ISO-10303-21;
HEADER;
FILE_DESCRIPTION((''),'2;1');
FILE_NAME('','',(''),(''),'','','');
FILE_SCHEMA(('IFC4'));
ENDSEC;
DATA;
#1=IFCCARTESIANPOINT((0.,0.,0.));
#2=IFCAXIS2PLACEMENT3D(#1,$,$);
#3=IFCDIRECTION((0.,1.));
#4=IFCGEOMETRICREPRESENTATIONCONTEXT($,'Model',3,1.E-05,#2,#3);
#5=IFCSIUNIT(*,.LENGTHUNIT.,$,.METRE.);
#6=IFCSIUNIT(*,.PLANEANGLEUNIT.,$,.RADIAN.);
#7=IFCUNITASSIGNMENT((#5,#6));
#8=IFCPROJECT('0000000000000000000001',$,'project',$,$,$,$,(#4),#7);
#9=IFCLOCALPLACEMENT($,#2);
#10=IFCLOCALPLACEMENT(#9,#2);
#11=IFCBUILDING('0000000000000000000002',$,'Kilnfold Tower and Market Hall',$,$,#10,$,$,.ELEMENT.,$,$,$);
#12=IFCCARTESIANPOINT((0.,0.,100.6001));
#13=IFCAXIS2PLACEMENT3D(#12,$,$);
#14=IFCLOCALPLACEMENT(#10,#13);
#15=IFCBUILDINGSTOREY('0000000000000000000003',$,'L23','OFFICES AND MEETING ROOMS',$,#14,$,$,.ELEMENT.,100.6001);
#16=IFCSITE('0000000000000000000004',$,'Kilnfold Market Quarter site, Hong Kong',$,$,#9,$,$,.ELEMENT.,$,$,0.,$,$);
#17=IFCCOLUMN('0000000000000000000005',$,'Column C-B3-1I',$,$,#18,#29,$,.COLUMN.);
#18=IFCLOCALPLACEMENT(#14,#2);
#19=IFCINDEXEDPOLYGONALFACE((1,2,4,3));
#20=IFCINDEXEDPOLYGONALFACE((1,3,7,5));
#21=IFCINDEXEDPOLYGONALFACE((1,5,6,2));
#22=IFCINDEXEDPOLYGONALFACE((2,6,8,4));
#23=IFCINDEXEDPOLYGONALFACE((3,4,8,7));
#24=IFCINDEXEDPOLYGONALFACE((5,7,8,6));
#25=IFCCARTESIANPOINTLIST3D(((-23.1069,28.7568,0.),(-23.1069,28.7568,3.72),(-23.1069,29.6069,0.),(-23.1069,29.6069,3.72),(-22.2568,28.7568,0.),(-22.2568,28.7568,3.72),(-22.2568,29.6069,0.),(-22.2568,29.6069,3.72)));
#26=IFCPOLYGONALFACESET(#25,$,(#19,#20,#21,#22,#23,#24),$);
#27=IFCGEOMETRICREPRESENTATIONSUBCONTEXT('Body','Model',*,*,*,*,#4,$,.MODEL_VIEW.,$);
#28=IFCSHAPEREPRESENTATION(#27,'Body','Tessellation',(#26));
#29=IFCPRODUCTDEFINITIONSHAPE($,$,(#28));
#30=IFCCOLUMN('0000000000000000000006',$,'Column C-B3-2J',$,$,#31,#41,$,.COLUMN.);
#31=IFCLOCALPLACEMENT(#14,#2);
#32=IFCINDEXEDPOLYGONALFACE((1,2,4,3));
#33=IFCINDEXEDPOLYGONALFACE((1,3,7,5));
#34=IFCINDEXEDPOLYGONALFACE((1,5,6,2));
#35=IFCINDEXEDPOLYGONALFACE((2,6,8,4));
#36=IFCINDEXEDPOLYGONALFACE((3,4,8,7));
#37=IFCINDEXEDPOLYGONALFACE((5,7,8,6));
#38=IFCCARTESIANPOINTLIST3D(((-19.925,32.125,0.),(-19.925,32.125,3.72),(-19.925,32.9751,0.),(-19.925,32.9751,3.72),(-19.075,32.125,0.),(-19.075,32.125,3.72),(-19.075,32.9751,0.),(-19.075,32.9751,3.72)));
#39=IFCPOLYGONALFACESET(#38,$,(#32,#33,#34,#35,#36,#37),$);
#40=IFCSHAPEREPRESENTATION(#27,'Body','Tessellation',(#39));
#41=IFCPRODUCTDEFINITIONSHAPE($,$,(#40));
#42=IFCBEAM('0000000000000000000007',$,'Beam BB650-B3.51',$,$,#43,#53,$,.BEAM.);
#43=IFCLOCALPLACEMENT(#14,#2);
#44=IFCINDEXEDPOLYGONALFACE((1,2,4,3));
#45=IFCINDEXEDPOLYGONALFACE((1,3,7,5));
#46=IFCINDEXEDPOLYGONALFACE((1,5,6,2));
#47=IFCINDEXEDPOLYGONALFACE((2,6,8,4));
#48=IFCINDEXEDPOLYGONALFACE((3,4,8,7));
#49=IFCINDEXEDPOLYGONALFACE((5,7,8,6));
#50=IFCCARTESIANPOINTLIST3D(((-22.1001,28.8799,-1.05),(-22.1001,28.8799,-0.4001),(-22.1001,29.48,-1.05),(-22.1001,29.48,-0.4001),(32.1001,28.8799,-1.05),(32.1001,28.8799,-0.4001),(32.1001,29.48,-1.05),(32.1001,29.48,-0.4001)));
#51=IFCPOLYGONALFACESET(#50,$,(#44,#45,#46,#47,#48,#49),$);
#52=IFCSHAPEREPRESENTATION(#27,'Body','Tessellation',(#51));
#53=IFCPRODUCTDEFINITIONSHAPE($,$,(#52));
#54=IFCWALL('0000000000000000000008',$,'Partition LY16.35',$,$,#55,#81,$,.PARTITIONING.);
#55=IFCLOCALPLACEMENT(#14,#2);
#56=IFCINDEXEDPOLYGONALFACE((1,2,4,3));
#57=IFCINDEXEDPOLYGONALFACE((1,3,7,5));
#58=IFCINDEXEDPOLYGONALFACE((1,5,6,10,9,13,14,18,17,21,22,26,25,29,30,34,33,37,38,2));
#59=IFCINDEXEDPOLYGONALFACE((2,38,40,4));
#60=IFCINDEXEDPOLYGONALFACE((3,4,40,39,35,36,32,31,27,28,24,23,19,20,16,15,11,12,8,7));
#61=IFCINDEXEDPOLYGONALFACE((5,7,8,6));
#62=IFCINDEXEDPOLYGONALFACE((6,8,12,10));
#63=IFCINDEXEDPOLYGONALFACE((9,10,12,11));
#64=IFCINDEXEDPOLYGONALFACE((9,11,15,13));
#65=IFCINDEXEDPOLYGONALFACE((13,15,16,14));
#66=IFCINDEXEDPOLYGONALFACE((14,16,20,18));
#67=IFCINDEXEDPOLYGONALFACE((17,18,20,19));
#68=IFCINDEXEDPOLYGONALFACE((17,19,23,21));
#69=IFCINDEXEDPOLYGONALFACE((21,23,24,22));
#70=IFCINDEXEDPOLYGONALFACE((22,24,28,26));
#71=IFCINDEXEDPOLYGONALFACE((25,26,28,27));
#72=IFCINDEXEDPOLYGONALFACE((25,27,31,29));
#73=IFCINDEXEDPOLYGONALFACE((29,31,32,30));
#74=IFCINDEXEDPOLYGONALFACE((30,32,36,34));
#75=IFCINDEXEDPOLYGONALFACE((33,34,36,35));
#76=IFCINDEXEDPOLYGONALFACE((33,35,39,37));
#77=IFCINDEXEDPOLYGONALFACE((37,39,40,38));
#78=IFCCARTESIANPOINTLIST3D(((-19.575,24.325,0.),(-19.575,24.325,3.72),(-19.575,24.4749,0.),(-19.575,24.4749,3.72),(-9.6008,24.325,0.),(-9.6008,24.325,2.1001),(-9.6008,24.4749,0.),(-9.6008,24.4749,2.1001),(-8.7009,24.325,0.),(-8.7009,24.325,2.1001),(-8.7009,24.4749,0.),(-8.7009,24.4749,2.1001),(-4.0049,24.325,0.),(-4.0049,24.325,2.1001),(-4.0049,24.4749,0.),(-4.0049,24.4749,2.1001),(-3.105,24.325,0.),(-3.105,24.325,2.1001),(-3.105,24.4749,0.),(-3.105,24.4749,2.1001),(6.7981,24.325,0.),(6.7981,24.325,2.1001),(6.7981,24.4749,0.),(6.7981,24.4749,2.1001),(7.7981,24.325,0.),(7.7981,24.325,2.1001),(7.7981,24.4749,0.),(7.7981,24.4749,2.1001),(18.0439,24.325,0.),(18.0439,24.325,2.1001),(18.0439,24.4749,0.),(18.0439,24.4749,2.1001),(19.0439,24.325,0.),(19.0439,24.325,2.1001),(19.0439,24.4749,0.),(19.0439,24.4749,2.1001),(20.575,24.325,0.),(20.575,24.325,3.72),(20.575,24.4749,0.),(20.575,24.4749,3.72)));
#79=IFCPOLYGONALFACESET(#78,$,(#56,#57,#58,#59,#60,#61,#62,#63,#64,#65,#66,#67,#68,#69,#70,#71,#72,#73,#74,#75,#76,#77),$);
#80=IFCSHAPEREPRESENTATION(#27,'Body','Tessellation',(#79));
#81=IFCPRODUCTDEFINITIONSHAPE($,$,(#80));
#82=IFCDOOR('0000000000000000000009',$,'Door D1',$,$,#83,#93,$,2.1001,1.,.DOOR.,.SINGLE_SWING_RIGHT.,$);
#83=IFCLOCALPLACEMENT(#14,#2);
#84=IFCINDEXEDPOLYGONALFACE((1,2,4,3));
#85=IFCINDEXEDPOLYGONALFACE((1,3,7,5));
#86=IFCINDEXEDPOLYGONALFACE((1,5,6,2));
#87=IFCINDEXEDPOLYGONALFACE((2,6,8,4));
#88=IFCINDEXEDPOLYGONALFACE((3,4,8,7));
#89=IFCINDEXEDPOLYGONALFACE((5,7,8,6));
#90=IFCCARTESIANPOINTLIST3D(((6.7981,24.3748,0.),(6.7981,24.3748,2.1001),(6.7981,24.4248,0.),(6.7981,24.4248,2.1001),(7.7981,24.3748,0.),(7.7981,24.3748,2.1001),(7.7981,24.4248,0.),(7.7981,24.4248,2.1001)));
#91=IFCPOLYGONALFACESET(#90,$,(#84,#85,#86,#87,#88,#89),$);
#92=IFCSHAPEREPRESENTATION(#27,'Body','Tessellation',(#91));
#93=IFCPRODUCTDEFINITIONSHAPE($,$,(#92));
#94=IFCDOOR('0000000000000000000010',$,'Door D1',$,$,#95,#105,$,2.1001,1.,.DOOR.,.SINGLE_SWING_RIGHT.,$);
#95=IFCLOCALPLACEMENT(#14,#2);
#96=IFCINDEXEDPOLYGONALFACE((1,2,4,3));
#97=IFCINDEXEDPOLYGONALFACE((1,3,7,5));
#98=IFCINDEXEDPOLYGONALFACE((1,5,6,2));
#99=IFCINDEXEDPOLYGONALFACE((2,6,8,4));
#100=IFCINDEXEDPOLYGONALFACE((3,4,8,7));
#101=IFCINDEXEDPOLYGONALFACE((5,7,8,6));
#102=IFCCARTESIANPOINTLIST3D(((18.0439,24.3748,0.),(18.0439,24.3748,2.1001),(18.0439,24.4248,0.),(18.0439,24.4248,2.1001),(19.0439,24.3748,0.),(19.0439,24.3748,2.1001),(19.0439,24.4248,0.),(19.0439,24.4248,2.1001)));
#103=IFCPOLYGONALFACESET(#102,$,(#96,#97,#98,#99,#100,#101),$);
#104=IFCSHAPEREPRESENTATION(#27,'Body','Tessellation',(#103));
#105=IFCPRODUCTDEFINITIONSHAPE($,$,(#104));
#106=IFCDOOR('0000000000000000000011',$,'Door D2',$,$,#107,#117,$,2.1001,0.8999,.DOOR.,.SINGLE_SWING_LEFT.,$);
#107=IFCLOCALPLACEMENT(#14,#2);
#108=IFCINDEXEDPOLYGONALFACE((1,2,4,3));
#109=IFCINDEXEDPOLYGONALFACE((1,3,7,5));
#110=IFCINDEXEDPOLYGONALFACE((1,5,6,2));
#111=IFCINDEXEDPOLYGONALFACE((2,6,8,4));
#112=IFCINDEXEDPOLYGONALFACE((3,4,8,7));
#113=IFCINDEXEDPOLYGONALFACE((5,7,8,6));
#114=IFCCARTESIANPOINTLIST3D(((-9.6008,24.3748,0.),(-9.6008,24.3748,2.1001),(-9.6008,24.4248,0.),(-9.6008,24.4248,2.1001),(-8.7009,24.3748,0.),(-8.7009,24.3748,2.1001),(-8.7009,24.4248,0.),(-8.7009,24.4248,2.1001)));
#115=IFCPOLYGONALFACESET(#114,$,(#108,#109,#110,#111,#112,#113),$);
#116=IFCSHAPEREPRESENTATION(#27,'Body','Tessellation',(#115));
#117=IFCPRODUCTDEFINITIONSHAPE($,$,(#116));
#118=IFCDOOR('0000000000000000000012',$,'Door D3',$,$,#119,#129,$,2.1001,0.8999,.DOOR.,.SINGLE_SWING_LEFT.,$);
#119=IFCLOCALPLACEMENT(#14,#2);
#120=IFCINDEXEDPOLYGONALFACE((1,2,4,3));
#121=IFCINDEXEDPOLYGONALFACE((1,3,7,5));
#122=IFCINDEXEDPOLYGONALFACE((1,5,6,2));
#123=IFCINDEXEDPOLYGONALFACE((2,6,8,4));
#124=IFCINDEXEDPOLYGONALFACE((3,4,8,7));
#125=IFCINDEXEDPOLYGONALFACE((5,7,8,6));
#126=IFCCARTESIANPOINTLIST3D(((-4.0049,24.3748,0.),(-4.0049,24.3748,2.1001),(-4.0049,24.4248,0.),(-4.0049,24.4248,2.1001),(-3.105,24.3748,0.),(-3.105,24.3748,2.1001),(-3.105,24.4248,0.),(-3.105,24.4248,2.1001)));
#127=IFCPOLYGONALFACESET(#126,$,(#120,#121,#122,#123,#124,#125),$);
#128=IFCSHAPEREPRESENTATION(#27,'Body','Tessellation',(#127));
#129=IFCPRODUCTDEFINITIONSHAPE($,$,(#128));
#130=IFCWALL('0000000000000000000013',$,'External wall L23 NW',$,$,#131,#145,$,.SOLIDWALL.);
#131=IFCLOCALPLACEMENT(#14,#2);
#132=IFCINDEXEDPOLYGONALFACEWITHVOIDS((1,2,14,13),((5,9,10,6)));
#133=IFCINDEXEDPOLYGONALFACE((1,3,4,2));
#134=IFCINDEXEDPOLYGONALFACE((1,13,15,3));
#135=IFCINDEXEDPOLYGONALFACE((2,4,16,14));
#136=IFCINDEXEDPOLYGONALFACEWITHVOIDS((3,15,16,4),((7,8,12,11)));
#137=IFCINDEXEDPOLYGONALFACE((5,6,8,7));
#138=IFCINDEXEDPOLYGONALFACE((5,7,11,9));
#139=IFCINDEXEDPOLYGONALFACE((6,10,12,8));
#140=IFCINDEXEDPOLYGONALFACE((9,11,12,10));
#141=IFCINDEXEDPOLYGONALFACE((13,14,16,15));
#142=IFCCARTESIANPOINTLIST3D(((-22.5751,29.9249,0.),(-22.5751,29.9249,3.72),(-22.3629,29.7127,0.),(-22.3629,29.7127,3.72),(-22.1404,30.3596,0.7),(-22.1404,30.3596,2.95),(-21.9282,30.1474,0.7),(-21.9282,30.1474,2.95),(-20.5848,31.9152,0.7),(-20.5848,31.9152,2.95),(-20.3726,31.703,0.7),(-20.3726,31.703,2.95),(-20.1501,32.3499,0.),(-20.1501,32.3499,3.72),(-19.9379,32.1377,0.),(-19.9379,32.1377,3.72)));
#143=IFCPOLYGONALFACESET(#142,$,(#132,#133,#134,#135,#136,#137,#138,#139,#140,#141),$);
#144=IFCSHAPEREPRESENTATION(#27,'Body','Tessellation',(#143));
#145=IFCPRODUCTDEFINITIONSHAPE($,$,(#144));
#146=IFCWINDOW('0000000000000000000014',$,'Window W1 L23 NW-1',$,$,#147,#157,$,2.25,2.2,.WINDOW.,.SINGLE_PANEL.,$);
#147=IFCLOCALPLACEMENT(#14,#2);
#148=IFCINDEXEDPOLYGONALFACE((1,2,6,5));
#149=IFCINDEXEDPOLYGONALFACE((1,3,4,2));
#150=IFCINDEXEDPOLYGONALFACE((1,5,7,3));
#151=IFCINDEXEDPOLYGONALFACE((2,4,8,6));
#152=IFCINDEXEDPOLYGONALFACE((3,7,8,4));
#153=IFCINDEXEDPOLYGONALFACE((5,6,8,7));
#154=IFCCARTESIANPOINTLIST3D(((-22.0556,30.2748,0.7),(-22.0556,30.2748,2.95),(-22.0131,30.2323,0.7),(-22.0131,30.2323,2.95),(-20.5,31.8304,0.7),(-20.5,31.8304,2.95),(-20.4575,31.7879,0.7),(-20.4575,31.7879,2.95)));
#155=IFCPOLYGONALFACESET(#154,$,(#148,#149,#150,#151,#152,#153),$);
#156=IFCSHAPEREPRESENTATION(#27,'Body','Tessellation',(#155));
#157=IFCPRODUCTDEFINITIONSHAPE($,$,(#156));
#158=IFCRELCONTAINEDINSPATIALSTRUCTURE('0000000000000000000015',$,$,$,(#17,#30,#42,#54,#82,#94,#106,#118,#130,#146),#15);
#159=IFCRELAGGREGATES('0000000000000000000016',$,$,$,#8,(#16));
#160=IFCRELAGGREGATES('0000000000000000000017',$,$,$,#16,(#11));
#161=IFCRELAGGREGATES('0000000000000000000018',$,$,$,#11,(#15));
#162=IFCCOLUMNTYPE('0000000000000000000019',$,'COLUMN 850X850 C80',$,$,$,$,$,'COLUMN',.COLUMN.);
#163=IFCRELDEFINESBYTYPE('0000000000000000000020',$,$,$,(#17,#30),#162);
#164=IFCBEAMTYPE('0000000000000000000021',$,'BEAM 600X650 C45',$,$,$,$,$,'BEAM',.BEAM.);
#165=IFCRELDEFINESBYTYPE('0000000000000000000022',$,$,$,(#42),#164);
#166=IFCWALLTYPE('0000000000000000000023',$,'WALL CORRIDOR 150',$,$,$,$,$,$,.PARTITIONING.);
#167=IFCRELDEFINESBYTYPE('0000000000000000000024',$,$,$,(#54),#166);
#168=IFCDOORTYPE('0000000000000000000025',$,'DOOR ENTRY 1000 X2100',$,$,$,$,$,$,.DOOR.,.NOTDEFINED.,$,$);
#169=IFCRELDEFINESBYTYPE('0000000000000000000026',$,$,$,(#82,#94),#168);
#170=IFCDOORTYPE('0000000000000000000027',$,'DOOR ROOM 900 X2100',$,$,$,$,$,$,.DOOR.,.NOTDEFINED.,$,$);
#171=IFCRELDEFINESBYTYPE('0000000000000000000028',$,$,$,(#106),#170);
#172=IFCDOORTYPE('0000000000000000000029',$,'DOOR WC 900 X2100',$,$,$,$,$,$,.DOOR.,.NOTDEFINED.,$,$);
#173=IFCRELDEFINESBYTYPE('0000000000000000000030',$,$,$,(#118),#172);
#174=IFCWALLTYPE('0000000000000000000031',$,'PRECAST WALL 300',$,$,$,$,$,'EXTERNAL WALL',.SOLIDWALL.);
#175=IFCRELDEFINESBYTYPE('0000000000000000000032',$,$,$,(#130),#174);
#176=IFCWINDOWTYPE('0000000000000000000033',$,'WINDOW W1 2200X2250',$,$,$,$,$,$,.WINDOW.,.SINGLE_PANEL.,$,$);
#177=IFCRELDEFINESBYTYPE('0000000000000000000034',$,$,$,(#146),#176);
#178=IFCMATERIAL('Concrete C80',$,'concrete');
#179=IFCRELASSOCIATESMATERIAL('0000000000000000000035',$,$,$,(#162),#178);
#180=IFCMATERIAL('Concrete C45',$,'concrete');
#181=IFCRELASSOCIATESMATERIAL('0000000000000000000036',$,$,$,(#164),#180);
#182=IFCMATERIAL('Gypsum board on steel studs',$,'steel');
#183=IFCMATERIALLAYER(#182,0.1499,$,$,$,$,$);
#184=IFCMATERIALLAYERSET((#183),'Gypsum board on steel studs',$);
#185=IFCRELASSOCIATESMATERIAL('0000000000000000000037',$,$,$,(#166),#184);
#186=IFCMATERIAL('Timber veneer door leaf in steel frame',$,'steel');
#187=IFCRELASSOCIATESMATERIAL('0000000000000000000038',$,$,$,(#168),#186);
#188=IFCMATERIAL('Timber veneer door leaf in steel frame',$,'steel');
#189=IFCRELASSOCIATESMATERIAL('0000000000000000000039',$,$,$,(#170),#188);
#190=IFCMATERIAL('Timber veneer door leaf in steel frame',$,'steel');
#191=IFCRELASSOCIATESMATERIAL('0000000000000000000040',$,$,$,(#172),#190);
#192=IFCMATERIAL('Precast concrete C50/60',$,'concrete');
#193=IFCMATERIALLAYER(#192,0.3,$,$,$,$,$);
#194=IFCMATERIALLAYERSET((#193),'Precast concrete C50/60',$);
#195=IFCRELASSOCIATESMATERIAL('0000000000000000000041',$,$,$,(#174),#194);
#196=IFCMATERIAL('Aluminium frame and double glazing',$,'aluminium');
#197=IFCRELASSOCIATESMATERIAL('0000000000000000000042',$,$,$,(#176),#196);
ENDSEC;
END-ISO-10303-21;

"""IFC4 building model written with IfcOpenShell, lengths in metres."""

from ifc_helpers import new_model, si_unit, direction, frame, frame_2d, origin, origin_2d, place, context, subcontext, project, spatial, rectangle, extrude, source, transform, mapped, material, layer, layer_set, material_profile, profile_set, type_object, element, fill, save


model = new_model("IFC4")

# Units and contexts
model_context = context("Model", 3, precision=1e-05, world=origin(), true_north=direction((0.0, 1.0)))
body_context = subcontext(model_context, "Body", "Model", "MODEL_VIEW")
ifc_project = project(units=[si_unit("LENGTHUNIT", "METRE"), si_unit("PLANEANGLEUNIT", "RADIAN")], contexts=[model_context])

# Site, building, storey
site_placement = place(None, origin())
site = spatial("IfcSite", under=ifc_project, at=site_placement, Name="Kilnfold Market Quarter site, Hong Kong", CompositionType="ELEMENT", RefElevation=0.0)
building_placement = place(site_placement, origin())
building = spatial("IfcBuilding", under=site, at=building_placement, Name="Kilnfold Tower and Market Hall", CompositionType="ELEMENT")
storey_placement = place(building_placement, frame((0.0, 0.0, 100.6001)))
storey = spatial("IfcBuildingStorey", under=building, at=storey_placement, Name="L23", Description="OFFICES AND MEETING ROOMS", CompositionType="ELEMENT", Elevation=100.6001)

# Columns
ifc_material_1 = material(Name="Concrete C80", Category="concrete")
ifc_material_profile_1 = material_profile(ifc_material_1, rectangle(XDim=0.8501, YDim=0.8501, at=origin_2d()), Name="RC 850x850")
ifc_profile_set_1 = profile_set([ifc_material_profile_1], Name="Concrete C80")
column_type = type_object("IfcColumnType", Name="COLUMN 850X850 C80", ElementType="COLUMN", PredefinedType="COLUMN", material=ifc_profile_set_1)
shared_shape_1 = source(origin(), body_context, "Body", "SweptSolid", [
    extrude(rectangle(XDim=0.8501, YDim=0.8501, at=origin_2d()), origin(), (0.0, 0.0, 1.0), 3.72),
])
for number, where, z_axis, x_axis, name in (
    (1, (-22.6819, 29.1819, 0.0), (0.0, 0.0, 1.0), (1.0, 0.0, 0.0), "Column C-B3-1I"),
    (2, (-19.5, 32.55, 0.0), (0.0, 0.0, 1.0), (1.0, 0.0, 0.0), "Column C-B3-2J"),
):
    element("IfcColumn", number, at=place(storey_placement, frame(where, z_axis=z_axis, x_axis=x_axis)), inside=storey, type_object=column_type, Name=name, PredefinedType="COLUMN", context=body_context, shape_type="MappedRepresentation", body=[
        mapped(shared_shape_1, transform((0.0, 0.0, 0.0))),
    ])

# Beam
ifc_material_2 = material(Name="Concrete C45", Category="concrete")
ifc_material_profile_2 = material_profile(ifc_material_2, rectangle(XDim=0.6001, YDim=0.6499, at=origin_2d()), Name="RC 600x650")
ifc_profile_set_2 = profile_set([ifc_material_profile_2], Name="Concrete C45")
beam_type = type_object("IfcBeamType", Name="BEAM 600X650 C45", ElementType="BEAM", PredefinedType="BEAM", material=ifc_profile_set_2)
shared_shape_2 = source(origin(), body_context, "Body", "SweptSolid", [
    extrude(rectangle(XDim=0.6001, YDim=0.6499, at=origin_2d()), origin(), (0.0, 0.0, 1.0), 54.2002),
])
beam_placement = place(storey_placement, frame((-22.1001, 29.1799, -0.7251), z_axis=(1.0, 0.0, 0.0), x_axis=(0.0, 1.0, 0.0)))
element("IfcBeam", 3, at=beam_placement, inside=storey, type_object=beam_type, Name="Beam BB650-B3.51", PredefinedType="BEAM", context=body_context, shape_type="MappedRepresentation", body=[
    mapped(shared_shape_2, transform((0.0, 0.0, 0.0))),
])

# Wall, openings, doors
ifc_material_3 = material(Name="Gypsum board on steel studs", Category="steel")
ifc_layer_1 = layer(ifc_material_3, 0.1499)
ifc_layer_set_1 = layer_set([ifc_layer_1], Name="Gypsum board on steel studs")
wall_type_1 = type_object("IfcWallType", Name="WALL CORRIDOR 150", PredefinedType="PARTITIONING", material=ifc_layer_set_1)
wall_1_placement = place(storey_placement, frame((-19.575, 24.3999, 0.0), z_axis=(0.0, 0.0, 1.0), x_axis=(1.0, 0.0, 0.0)))
wall_1 = element("IfcWall", 4, at=wall_1_placement, inside=storey, type_object=wall_type_1, Name="Partition LY16.35", PredefinedType="PARTITIONING", context=body_context, shape_type="SweptSolid", body=[
    extrude(rectangle(XDim=40.1499, YDim=0.1499, at=frame_2d((20.075, 0.0))), origin(), (0.0, 0.0, 1.0), 3.72),
])
opening_1_placement = place(wall_1_placement, frame((9.9741, 0.0, 0.0)))
opening_1 = element("IfcOpeningElement", 5, at=opening_1_placement, cuts=wall_1, PredefinedType="OPENING", context=body_context, shape_type="SweptSolid", body=[
    extrude(rectangle(XDim=0.8999, YDim=2.1001, at=frame_2d((0.45, 1.05))), frame((0.0, 0.085, 0.0), z_axis=(0.0, -1.0, 0.0), x_axis=(1.0, 0.0, 0.0)), (0.0, 0.0, 1.0), 0.1699),
])
opening_2_placement = place(wall_1_placement, frame((15.5701, 0.0, 0.0)))
opening_2 = element("IfcOpeningElement", 6, at=opening_2_placement, cuts=wall_1, PredefinedType="OPENING", context=body_context, shape_type="SweptSolid", body=[
    extrude(rectangle(XDim=0.8999, YDim=2.1001, at=frame_2d((0.45, 1.05))), frame((0.0, 0.085, 0.0), z_axis=(0.0, -1.0, 0.0), x_axis=(1.0, 0.0, 0.0)), (0.0, 0.0, 1.0), 0.1699),
])
opening_3_placement = place(wall_1_placement, frame((26.373, 0.0, 0.0)))
opening_3 = element("IfcOpeningElement", 7, at=opening_3_placement, cuts=wall_1, PredefinedType="OPENING", context=body_context, shape_type="SweptSolid", body=[
    extrude(rectangle(XDim=1.0, YDim=2.1001, at=frame_2d((0.5, 1.05))), frame((0.0, 0.085, 0.0), z_axis=(0.0, -1.0, 0.0), x_axis=(1.0, 0.0, 0.0)), (0.0, 0.0, 1.0), 0.1699),
])
opening_4_placement = place(wall_1_placement, frame((37.6189, 0.0, 0.0)))
opening_4 = element("IfcOpeningElement", 8, at=opening_4_placement, cuts=wall_1, PredefinedType="OPENING", context=body_context, shape_type="SweptSolid", body=[
    extrude(rectangle(XDim=1.0, YDim=2.1001, at=frame_2d((0.5, 1.05))), frame((0.0, 0.085, 0.0), z_axis=(0.0, -1.0, 0.0), x_axis=(1.0, 0.0, 0.0)), (0.0, 0.0, 1.0), 0.1699),
])
ifc_material_4 = material(Name="Timber veneer door leaf in steel frame", Category="steel")
door_type_1 = type_object("IfcDoorType", Name="DOOR ENTRY 1000 X2100", OperationType="NOTDEFINED", PredefinedType="DOOR", material=ifc_material_4)
door_1_placement = place(opening_3_placement, origin())
door_1 = element("IfcDoor", 9, at=door_1_placement, inside=storey, type_object=door_type_1, Name="Door D1", OperationType="SINGLE_SWING_RIGHT", OverallHeight=2.1001, OverallWidth=1.0, PredefinedType="DOOR", context=body_context, shape_type="SweptSolid", body=[
    extrude(rectangle(XDim=1.0, YDim=2.1001, at=frame_2d((0.5, 1.05))), frame((0.0, 0.0249, 0.0), z_axis=(0.0, -1.0, 0.0), x_axis=(1.0, 0.0, 0.0)), (0.0, 0.0, 1.0), 0.05),
])
fill(opening_3, door_1)
door_2_placement = place(opening_4_placement, origin())
door_2 = element("IfcDoor", 10, at=door_2_placement, inside=storey, type_object=door_type_1, Name="Door D1", OperationType="SINGLE_SWING_RIGHT", OverallHeight=2.1001, OverallWidth=1.0, PredefinedType="DOOR", context=body_context, shape_type="SweptSolid", body=[
    extrude(rectangle(XDim=1.0, YDim=2.1001, at=frame_2d((0.5, 1.05))), frame((0.0, 0.0249, 0.0), z_axis=(0.0, -1.0, 0.0), x_axis=(1.0, 0.0, 0.0)), (0.0, 0.0, 1.0), 0.05),
])
fill(opening_4, door_2)
ifc_material_5 = material(Name="Timber veneer door leaf in steel frame", Category="steel")
door_type_2 = type_object("IfcDoorType", Name="DOOR ROOM 900 X2100", OperationType="NOTDEFINED", PredefinedType="DOOR", material=ifc_material_5)
door_3_placement = place(opening_1_placement, origin())
door_3 = element("IfcDoor", 11, at=door_3_placement, inside=storey, type_object=door_type_2, Name="Door D2", OperationType="SINGLE_SWING_LEFT", OverallHeight=2.1001, OverallWidth=0.8999, PredefinedType="DOOR", context=body_context, shape_type="SweptSolid", body=[
    extrude(rectangle(XDim=0.8999, YDim=2.1001, at=frame_2d((0.45, 1.05))), frame((0.0, 0.0249, 0.0), z_axis=(0.0, -1.0, 0.0), x_axis=(1.0, 0.0, 0.0)), (0.0, 0.0, 1.0), 0.05),
])
fill(opening_1, door_3)
ifc_material_6 = material(Name="Timber veneer door leaf in steel frame", Category="steel")
door_type_3 = type_object("IfcDoorType", Name="DOOR WC 900 X2100", OperationType="NOTDEFINED", PredefinedType="DOOR", material=ifc_material_6)
door_4_placement = place(opening_2_placement, origin())
door_4 = element("IfcDoor", 12, at=door_4_placement, inside=storey, type_object=door_type_3, Name="Door D3", OperationType="SINGLE_SWING_LEFT", OverallHeight=2.1001, OverallWidth=0.8999, PredefinedType="DOOR", context=body_context, shape_type="SweptSolid", body=[
    extrude(rectangle(XDim=0.8999, YDim=2.1001, at=frame_2d((0.45, 1.05))), frame((0.0, 0.0249, 0.0), z_axis=(0.0, -1.0, 0.0), x_axis=(1.0, 0.0, 0.0)), (0.0, 0.0, 1.0), 0.05),
])
fill(opening_2, door_4)

# Wall, opening, window
ifc_material_7 = material(Name="Precast concrete C50/60", Category="concrete")
ifc_layer_2 = layer(ifc_material_7, 0.3)
ifc_layer_set_2 = layer_set([ifc_layer_2], Name="Precast concrete C50/60")
wall_type_2 = type_object("IfcWallType", Name="PRECAST WALL 300", ElementType="EXTERNAL WALL", PredefinedType="SOLIDWALL", material=ifc_layer_set_2)
shared_shape_3 = source(origin(), body_context, "Body", "SweptSolid", [
    extrude(rectangle(XDim=3.4294, YDim=0.3, at=frame_2d((1.7148, 0.0))), origin(), (0.0, 0.0, 1.0), 3.72),
])
wall_2_placement = place(storey_placement, frame((-20.0439, 32.2439, 0.0), z_axis=(0.0, 0.0, 1.0), x_axis=(-0.707107, -0.707107, 0.0)))
wall_2 = element("IfcWall", 13, at=wall_2_placement, inside=storey, type_object=wall_type_2, Name="External wall L23 NW", PredefinedType="SOLIDWALL", context=body_context, shape_type="MappedRepresentation", body=[
    mapped(shared_shape_3, transform((0.0, 0.0, 0.0))),
])
opening_5_placement = place(wall_2_placement, frame((0.6147, 0.0, 0.7)))
opening_5 = element("IfcOpeningElement", 14, at=opening_5_placement, cuts=wall_2, PredefinedType="OPENING", context=body_context, shape_type="SweptSolid", body=[
    extrude(rectangle(XDim=2.2, YDim=2.25, at=frame_2d((1.1001, 1.125))), frame((0.0, 0.1602, 0.0), z_axis=(0.0, -1.0, 0.0), x_axis=(1.0, 0.0, 0.0)), (0.0, 0.0, 1.0), 0.3201),
])
ifc_material_8 = material(Name="Aluminium frame and double glazing", Category="aluminium")
window_type = type_object("IfcWindowType", Name="WINDOW W1 2200X2250", PartitioningType="SINGLE_PANEL", PredefinedType="WINDOW", material=ifc_material_8)
window_1_placement = place(opening_5_placement, origin())
window_1 = element("IfcWindow", 15, at=window_1_placement, inside=storey, type_object=window_type, Name="Window W1 L23 NW-1", OverallHeight=2.25, OverallWidth=2.2, PartitioningType="SINGLE_PANEL", PredefinedType="WINDOW", context=body_context, shape_type="SweptSolid", body=[
    extrude(rectangle(XDim=2.2, YDim=2.25, at=frame_2d((1.1001, 1.125))), frame((0.0, 0.03, 0.0), z_axis=(0.0, -1.0, 0.0), x_axis=(1.0, 0.0, 0.0)), (0.0, 0.0, 1.0), 0.0601),
])
fill(opening_5, window_1)

save(model, "model.ifc")
